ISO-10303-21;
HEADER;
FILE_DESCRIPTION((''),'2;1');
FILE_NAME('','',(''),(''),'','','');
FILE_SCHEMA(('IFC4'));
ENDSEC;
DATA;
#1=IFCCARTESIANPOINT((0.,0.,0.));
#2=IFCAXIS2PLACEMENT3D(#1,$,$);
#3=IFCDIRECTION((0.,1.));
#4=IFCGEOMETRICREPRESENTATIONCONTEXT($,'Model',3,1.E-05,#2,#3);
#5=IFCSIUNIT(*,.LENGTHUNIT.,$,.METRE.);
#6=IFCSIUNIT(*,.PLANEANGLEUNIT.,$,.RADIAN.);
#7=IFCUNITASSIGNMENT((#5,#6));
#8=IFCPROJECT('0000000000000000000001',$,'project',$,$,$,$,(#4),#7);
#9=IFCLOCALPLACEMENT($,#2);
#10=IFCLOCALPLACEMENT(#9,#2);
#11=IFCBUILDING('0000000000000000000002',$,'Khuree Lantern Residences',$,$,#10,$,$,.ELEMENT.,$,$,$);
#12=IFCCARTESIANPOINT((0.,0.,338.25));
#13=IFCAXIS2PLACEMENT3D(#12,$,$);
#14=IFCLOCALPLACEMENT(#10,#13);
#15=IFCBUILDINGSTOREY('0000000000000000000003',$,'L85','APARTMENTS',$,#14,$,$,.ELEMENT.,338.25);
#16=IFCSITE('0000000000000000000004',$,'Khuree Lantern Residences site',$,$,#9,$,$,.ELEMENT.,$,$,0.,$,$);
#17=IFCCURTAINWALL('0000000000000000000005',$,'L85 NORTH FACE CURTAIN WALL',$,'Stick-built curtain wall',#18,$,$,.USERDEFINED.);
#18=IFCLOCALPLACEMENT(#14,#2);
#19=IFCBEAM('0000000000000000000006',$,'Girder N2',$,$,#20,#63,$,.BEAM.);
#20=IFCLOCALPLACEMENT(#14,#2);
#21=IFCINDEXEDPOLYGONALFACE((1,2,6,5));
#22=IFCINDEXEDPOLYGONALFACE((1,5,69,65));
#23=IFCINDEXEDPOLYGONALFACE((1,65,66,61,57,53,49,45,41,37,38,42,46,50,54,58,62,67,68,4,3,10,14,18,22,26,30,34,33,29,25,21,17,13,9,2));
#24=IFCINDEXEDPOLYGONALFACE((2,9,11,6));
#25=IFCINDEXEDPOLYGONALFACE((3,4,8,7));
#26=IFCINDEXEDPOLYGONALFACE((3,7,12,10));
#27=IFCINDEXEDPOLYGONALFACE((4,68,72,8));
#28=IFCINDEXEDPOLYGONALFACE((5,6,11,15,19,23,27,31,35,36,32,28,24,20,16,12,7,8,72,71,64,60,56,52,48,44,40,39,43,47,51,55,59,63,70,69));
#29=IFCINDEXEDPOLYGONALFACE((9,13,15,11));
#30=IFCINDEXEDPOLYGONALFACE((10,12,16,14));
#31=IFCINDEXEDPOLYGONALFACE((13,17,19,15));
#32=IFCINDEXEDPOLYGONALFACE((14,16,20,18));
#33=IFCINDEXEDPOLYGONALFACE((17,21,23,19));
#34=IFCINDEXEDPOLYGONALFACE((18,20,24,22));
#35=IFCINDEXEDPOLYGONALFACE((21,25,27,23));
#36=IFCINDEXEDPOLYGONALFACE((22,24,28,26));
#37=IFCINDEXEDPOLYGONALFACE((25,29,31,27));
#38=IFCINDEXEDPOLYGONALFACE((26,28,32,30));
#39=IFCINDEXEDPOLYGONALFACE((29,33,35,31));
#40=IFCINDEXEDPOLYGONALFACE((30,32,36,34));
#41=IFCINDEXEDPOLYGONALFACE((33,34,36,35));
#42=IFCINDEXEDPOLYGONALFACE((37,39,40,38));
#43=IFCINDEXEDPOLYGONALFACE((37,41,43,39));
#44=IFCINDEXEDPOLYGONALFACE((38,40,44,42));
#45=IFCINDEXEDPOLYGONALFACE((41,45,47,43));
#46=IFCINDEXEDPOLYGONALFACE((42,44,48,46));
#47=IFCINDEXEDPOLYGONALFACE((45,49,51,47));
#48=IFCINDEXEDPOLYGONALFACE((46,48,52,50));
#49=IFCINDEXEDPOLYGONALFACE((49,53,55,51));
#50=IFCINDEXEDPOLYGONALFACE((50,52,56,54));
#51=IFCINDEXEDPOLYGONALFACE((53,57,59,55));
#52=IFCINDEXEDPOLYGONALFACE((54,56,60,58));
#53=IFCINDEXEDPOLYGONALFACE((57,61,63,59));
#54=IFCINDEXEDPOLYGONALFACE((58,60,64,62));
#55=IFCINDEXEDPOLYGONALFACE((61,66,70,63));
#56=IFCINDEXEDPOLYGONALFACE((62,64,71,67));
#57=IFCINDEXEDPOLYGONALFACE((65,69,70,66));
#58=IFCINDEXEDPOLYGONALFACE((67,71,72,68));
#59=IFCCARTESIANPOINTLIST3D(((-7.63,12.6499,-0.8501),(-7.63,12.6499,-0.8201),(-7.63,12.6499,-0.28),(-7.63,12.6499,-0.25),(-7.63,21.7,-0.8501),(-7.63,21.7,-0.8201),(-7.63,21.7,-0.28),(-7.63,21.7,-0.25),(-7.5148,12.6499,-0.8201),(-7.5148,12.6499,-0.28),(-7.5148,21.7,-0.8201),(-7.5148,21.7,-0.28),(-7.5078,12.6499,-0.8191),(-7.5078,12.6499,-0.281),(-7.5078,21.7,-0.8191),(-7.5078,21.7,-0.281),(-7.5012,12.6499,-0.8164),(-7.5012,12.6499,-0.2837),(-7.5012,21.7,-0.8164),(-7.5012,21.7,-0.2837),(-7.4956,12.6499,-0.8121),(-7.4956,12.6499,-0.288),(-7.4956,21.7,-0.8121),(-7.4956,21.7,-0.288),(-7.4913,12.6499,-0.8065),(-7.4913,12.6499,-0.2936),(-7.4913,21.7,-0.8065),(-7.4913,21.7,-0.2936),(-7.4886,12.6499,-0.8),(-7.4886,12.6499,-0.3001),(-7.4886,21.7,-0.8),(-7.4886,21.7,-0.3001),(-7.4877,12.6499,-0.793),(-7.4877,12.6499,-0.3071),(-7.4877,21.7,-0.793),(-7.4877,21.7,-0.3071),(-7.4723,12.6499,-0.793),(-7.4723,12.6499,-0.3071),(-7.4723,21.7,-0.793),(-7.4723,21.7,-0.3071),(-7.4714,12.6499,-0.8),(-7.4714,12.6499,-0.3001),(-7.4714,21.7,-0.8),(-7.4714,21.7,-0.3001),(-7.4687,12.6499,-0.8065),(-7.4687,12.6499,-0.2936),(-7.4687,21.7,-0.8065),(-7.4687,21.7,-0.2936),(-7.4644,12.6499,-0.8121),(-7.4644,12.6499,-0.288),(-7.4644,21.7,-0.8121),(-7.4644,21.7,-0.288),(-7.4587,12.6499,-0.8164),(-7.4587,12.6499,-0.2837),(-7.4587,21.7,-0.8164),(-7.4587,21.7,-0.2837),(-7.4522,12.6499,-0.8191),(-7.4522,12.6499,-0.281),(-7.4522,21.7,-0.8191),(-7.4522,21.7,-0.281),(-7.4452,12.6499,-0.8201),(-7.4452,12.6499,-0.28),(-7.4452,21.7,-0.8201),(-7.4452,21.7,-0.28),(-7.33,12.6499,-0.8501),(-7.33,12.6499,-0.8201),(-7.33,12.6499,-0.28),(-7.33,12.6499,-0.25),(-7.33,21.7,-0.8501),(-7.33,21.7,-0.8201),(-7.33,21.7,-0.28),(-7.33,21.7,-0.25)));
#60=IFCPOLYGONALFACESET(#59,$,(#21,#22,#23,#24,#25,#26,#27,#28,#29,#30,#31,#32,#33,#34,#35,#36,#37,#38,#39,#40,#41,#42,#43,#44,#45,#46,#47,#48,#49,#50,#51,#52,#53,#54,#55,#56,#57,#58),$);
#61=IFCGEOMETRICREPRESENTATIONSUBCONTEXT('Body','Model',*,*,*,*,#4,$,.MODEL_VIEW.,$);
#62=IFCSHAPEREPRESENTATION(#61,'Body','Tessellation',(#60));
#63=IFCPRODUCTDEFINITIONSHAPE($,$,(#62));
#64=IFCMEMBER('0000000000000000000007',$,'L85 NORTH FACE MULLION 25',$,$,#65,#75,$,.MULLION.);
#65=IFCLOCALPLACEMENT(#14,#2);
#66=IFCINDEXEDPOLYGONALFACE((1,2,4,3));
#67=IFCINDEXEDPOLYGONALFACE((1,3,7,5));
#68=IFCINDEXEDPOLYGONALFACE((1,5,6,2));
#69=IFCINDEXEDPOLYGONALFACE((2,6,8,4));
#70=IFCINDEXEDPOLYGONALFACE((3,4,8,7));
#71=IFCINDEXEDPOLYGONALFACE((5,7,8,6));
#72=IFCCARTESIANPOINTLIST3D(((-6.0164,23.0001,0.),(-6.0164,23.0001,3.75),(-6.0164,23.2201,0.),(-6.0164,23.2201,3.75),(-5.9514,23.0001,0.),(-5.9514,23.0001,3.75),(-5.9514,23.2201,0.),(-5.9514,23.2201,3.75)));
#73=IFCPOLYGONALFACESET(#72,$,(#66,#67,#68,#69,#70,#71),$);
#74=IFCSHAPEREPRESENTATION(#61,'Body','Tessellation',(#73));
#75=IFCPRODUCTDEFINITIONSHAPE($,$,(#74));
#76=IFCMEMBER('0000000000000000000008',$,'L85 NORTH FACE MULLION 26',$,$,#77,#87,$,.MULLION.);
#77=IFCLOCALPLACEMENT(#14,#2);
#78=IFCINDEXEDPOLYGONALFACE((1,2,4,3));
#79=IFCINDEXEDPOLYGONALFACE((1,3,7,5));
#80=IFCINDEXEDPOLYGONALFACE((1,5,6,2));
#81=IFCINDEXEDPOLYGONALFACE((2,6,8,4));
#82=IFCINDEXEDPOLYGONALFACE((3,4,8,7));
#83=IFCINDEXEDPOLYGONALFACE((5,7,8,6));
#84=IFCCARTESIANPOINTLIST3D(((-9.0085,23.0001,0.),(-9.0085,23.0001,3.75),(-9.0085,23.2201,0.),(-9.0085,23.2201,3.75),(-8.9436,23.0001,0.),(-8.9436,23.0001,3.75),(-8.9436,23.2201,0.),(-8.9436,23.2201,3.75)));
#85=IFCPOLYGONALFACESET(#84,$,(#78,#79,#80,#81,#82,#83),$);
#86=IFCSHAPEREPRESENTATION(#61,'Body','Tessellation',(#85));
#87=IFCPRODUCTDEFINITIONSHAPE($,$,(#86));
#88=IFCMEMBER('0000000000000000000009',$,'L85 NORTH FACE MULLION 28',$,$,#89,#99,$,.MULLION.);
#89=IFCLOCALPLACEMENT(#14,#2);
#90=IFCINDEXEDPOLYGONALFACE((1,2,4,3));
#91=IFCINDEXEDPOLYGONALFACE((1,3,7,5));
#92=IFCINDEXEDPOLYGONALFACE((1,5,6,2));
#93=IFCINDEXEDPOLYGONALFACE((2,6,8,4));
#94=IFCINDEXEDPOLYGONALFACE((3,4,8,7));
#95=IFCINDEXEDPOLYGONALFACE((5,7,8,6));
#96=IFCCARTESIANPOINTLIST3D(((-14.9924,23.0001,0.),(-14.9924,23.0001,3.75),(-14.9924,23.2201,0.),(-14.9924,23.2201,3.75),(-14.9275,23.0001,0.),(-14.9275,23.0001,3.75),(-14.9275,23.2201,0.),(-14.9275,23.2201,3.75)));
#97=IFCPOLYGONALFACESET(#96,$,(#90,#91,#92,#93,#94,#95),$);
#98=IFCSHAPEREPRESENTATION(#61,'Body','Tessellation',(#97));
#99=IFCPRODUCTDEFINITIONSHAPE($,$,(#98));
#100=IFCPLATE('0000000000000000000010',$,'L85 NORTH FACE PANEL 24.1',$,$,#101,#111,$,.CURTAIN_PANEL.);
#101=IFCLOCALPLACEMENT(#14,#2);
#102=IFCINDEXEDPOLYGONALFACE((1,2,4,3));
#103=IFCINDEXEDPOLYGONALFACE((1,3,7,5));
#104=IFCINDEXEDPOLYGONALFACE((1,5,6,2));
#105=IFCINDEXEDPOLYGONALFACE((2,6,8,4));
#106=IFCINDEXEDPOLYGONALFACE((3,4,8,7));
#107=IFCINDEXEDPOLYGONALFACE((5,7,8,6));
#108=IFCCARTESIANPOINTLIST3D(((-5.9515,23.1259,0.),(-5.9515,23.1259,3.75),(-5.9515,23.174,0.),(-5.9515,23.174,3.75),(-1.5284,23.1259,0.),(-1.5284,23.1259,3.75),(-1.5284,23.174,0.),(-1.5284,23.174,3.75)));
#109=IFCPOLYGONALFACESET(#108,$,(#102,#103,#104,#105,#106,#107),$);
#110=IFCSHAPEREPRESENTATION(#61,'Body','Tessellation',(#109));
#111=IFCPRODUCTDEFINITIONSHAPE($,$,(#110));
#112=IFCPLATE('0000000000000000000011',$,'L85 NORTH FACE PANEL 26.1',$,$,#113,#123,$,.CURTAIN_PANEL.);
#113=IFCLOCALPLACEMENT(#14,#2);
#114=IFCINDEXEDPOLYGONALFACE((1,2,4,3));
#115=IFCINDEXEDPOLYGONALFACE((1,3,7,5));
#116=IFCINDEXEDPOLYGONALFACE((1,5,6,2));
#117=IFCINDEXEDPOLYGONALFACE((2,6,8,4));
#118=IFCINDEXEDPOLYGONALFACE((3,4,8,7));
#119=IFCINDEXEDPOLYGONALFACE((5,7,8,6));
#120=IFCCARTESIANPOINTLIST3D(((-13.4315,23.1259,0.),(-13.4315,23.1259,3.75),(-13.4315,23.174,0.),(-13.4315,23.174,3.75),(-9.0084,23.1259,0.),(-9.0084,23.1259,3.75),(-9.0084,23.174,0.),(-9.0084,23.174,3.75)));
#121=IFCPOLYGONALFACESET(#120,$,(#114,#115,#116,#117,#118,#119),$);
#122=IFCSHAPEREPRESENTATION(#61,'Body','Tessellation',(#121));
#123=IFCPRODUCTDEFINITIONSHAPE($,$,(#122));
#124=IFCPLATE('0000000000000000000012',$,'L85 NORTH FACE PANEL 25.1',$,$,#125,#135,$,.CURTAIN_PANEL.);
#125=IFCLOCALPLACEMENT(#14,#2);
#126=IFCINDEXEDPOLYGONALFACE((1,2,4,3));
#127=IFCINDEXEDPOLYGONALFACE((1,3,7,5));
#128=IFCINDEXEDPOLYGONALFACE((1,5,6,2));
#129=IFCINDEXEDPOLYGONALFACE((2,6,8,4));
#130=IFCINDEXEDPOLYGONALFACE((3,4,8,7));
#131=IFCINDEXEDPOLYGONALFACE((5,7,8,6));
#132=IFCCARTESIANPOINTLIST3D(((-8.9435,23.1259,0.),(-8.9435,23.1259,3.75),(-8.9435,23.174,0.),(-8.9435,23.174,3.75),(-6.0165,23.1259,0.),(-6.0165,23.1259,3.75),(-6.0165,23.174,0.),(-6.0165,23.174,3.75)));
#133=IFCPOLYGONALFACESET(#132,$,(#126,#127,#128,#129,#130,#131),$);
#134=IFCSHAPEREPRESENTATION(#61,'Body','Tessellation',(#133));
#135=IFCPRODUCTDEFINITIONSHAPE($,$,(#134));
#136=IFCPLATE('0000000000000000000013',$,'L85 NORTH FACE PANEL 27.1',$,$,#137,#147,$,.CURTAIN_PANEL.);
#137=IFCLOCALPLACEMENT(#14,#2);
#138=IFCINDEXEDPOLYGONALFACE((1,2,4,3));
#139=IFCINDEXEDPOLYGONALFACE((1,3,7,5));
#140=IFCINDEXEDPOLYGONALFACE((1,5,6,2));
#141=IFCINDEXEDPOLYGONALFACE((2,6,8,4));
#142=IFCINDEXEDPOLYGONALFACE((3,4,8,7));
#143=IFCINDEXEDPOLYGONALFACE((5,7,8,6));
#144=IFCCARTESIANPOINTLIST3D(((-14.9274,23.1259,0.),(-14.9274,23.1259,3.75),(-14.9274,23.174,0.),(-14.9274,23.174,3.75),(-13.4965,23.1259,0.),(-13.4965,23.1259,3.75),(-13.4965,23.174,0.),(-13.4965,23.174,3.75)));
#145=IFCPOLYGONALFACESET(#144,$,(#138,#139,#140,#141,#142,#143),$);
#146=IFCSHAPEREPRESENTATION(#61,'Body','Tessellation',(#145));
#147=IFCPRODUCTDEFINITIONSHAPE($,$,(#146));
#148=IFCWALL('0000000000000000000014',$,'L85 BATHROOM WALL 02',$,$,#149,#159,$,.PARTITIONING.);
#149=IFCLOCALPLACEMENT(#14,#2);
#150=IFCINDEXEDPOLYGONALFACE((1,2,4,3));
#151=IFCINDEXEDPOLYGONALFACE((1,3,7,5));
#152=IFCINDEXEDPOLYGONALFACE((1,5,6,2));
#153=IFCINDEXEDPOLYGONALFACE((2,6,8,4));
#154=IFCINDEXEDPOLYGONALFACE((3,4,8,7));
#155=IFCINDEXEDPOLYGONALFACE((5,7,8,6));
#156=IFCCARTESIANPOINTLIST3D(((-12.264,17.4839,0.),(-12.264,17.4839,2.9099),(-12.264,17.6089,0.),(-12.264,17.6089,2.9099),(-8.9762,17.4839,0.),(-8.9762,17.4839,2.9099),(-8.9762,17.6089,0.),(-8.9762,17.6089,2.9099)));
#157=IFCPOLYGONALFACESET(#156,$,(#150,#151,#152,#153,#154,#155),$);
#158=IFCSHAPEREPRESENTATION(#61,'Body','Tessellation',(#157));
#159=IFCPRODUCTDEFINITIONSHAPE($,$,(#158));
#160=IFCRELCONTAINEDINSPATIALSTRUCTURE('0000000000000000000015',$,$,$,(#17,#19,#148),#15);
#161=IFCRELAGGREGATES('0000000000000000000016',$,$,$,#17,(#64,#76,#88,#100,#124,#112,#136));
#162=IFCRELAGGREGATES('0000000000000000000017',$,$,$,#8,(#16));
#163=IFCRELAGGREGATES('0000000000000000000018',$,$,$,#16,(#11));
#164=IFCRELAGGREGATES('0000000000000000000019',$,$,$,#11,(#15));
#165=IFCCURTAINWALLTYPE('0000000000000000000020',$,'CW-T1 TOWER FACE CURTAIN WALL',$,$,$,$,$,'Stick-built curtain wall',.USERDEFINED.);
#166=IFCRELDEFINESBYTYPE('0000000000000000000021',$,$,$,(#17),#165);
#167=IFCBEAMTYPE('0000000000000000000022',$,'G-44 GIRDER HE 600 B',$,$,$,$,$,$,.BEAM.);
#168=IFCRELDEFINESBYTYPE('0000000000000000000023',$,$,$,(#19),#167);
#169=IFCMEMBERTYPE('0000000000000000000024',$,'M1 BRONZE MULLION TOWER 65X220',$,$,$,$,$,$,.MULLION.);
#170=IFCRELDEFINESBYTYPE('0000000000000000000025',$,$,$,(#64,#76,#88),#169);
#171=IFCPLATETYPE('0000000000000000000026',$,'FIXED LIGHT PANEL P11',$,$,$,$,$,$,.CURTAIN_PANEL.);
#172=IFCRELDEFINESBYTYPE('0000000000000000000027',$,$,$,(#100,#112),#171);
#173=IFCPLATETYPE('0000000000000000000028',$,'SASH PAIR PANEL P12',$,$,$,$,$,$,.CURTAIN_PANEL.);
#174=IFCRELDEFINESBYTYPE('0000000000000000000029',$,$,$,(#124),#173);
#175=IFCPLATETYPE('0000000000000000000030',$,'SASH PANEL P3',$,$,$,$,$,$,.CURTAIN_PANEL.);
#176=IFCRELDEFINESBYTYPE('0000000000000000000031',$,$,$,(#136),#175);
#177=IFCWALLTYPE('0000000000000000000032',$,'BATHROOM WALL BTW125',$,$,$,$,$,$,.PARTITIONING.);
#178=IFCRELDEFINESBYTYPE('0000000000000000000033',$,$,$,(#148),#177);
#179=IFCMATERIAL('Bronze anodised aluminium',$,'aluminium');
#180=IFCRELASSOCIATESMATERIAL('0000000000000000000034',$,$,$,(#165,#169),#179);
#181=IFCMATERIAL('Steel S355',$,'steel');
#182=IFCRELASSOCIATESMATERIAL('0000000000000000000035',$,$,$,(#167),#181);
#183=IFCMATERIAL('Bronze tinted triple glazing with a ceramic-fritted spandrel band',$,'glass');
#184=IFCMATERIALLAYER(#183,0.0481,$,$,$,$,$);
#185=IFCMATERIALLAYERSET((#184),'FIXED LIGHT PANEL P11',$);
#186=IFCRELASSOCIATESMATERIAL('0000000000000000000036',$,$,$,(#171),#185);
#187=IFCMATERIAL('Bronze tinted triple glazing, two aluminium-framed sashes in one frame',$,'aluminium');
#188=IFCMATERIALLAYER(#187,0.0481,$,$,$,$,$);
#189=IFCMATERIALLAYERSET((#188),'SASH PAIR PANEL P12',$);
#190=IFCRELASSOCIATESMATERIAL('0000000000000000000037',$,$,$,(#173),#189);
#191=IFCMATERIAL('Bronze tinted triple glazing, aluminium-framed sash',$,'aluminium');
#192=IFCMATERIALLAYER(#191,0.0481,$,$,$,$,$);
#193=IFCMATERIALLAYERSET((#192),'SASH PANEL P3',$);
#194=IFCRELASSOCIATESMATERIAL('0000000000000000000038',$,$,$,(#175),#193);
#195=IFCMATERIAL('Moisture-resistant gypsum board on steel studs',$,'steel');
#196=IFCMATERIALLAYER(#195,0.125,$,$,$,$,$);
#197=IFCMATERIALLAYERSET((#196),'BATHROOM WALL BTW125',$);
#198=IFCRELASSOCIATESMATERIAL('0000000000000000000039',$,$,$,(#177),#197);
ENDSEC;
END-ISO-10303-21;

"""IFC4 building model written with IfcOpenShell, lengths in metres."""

from ifc_helpers import new_model, si_unit, direction, frame, frame_2d, origin, origin_2d, place, context, subcontext, project, spatial, rectangle, i_section, extrude, material, layer, layer_set, material_profile, profile_set, type_object, element, aggregate, save


model = new_model("IFC4")

# Units and contexts
model_context = context("Model", 3, precision=1e-05, world=origin(), true_north=direction((0.0, 1.0)))
body_context = subcontext(model_context, "Body", "Model", "MODEL_VIEW")
ifc_project = project(units=[si_unit("LENGTHUNIT", "METRE"), si_unit("PLANEANGLEUNIT", "RADIAN")], contexts=[model_context])

# Site, building, storey
site_placement = place(None, origin())
site = spatial("IfcSite", under=ifc_project, at=site_placement, Name="Khuree Lantern Residences site", CompositionType="ELEMENT", RefElevation=0.0)
building_placement = place(site_placement, origin())
building = spatial("IfcBuilding", under=site, at=building_placement, Name="Khuree Lantern Residences", CompositionType="ELEMENT")
storey_placement = place(building_placement, frame((0.0, 0.0, 338.25)))
storey = spatial("IfcBuildingStorey", under=building, at=storey_placement, Name="L85", Description="APARTMENTS", CompositionType="ELEMENT", Elevation=338.25)

# Shared definitions
ifc_material_1 = material(Name="Steel S355", Category="steel")

# Curtain wall
ifc_material_2 = material(Name="Bronze anodised aluminium", Category="aluminium")
curtain_wall_type = type_object("IfcCurtainWallType", Name="CW-T1 TOWER FACE CURTAIN WALL", ElementType="Stick-built curtain wall", PredefinedType="USERDEFINED", material=ifc_material_2)
curtain_wall_placement = place(storey_placement, origin())
curtain_wall = element("IfcCurtainWall", 1, at=curtain_wall_placement, inside=storey, type_object=curtain_wall_type, Name="L85 NORTH FACE CURTAIN WALL", ObjectType="Stick-built curtain wall", PredefinedType="USERDEFINED")

# Beam
ifc_material_profile_1 = material_profile(ifc_material_1, i_section(OverallWidth=0.3, OverallDepth=0.6001, WebThickness=0.0154, FlangeThickness=0.03, FilletRadius=0.0271, at=origin_2d()), Name="HE 600 B")
ifc_profile_set_1 = profile_set([ifc_material_profile_1], Name="Steel S355")
beam_type_1 = type_object("IfcBeamType", Name="G-44 GIRDER HE 600 B", PredefinedType="BEAM", material=ifc_profile_set_1)
beam_1_placement = place(storey_placement, frame((-7.48, 21.7, -0.55), z_axis=(0.0, -1.0, 0.0), x_axis=(1.0, 0.0, 0.0)))
element("IfcBeam", 2, at=beam_1_placement, inside=storey, type_object=beam_type_1, Name="Girder N2", PredefinedType="BEAM", context=body_context, shape_type="SweptSolid", body=[
    extrude(i_section(OverallWidth=0.3, OverallDepth=0.6001, WebThickness=0.0154, FlangeThickness=0.03, FilletRadius=0.0271, at=origin_2d()), origin(), (0.0, 0.0, 1.0), 9.05),
])

# Members
ifc_material_profile_2 = material_profile(ifc_material_2, rectangle(XDim=0.0649, YDim=0.22, at=origin_2d()), Name="M1 65X220")
ifc_profile_set_2 = profile_set([ifc_material_profile_2], Name="Bronze anodised aluminium")
member_type_1 = type_object("IfcMemberType", Name="M1 BRONZE MULLION TOWER 65X220", PredefinedType="MULLION", material=ifc_profile_set_2)
member_1_placement = place(storey_placement, frame((-5.9839, 23.1101, 0.0), z_axis=(0.0, 0.0, 1.0), x_axis=(-1.0, 0.0, 0.0)))
member_1 = element("IfcMember", 3, at=member_1_placement, type_object=member_type_1, Name="L85 NORTH FACE MULLION 25", PredefinedType="MULLION", context=body_context, shape_type="SweptSolid", body=[
    extrude(rectangle(XDim=0.0649, YDim=0.22, at=origin_2d()), origin(), (0.0, 0.0, 1.0), 3.75),
])
member_2_placement = place(storey_placement, frame((-8.9761, 23.1101, 0.0), z_axis=(0.0, 0.0, 1.0), x_axis=(-1.0, 0.0, 0.0)))
member_2 = element("IfcMember", 4, at=member_2_placement, type_object=member_type_1, Name="L85 NORTH FACE MULLION 26", PredefinedType="MULLION", context=body_context, shape_type="SweptSolid", body=[
    extrude(rectangle(XDim=0.0649, YDim=0.22, at=origin_2d()), origin(), (0.0, 0.0, 1.0), 3.75),
])
member_3_placement = place(storey_placement, frame((-14.96, 23.1101, 0.0), z_axis=(0.0, 0.0, 1.0), x_axis=(-1.0, 0.0, 0.0)))
member_3 = element("IfcMember", 5, at=member_3_placement, type_object=member_type_1, Name="L85 NORTH FACE MULLION 28", PredefinedType="MULLION", context=body_context, shape_type="SweptSolid", body=[
    extrude(rectangle(XDim=0.0649, YDim=0.22, at=origin_2d()), origin(), (0.0, 0.0, 1.0), 3.75),
])

# Plates
ifc_material_3 = material(Name="Bronze tinted triple glazing with a ceramic-fritted spandrel band", Category="glass")
ifc_layer_1 = layer(ifc_material_3, 0.0481)
ifc_layer_set_1 = layer_set([ifc_layer_1], Name="FIXED LIGHT PANEL P11")
plate_type_1 = type_object("IfcPlateType", Name="FIXED LIGHT PANEL P11", PredefinedType="CURTAIN_PANEL", material=ifc_layer_set_1)
plate_1_placement = place(storey_placement, frame((-3.74, 23.1499, 0.0), z_axis=(0.0, 0.0, 1.0), x_axis=(-1.0, 0.0, 0.0)))
plate_1 = element("IfcPlate", 6, at=plate_1_placement, type_object=plate_type_1, Name="L85 NORTH FACE PANEL 24.1", PredefinedType="CURTAIN_PANEL", context=body_context, shape_type="SweptSolid", body=[
    extrude(rectangle(XDim=4.4231, YDim=0.0481, at=origin_2d()), origin(), (0.0, 0.0, 1.0), 3.75),
])
plate_2_placement = place(storey_placement, frame((-11.22, 23.1499, 0.0), z_axis=(0.0, 0.0, 1.0), x_axis=(-1.0, 0.0, 0.0)))
plate_2 = element("IfcPlate", 7, at=plate_2_placement, type_object=plate_type_1, Name="L85 NORTH FACE PANEL 26.1", PredefinedType="CURTAIN_PANEL", context=body_context, shape_type="SweptSolid", body=[
    extrude(rectangle(XDim=4.4231, YDim=0.0481, at=origin_2d()), origin(), (0.0, 0.0, 1.0), 3.75),
])
ifc_material_4 = material(Name="Bronze tinted triple glazing, two aluminium-framed sashes in one frame", Category="aluminium")
ifc_layer_2 = layer(ifc_material_4, 0.0481)
ifc_layer_set_2 = layer_set([ifc_layer_2], Name="SASH PAIR PANEL P12")
plate_type_2 = type_object("IfcPlateType", Name="SASH PAIR PANEL P12", PredefinedType="CURTAIN_PANEL", material=ifc_layer_set_2)
plate_3_placement = place(storey_placement, frame((-7.48, 23.1499, 0.0), z_axis=(0.0, 0.0, 1.0), x_axis=(-1.0, 0.0, 0.0)))
plate_3 = element("IfcPlate", 8, at=plate_3_placement, type_object=plate_type_2, Name="L85 NORTH FACE PANEL 25.1", PredefinedType="CURTAIN_PANEL", context=body_context, shape_type="SweptSolid", body=[
    extrude(rectangle(XDim=2.927, YDim=0.0481, at=origin_2d()), origin(), (0.0, 0.0, 1.0), 3.75),
])
ifc_material_5 = material(Name="Bronze tinted triple glazing, aluminium-framed sash", Category="aluminium")
ifc_layer_3 = layer(ifc_material_5, 0.0481)
ifc_layer_set_3 = layer_set([ifc_layer_3], Name="SASH PANEL P3")
plate_type_3 = type_object("IfcPlateType", Name="SASH PANEL P3", PredefinedType="CURTAIN_PANEL", material=ifc_layer_set_3)
plate_4_placement = place(storey_placement, frame((-14.2119, 23.1499, 0.0), z_axis=(0.0, 0.0, 1.0), x_axis=(-1.0, 0.0, 0.0)))
plate_4 = element("IfcPlate", 9, at=plate_4_placement, type_object=plate_type_3, Name="L85 NORTH FACE PANEL 27.1", PredefinedType="CURTAIN_PANEL", context=body_context, shape_type="SweptSolid", body=[
    extrude(rectangle(XDim=1.4309, YDim=0.0481, at=origin_2d()), origin(), (0.0, 0.0, 1.0), 3.75),
])
aggregate(curtain_wall, [member_1, member_2, member_3, plate_1, plate_3, plate_2, plate_4])

# Wall
ifc_material_6 = material(Name="Moisture-resistant gypsum board on steel studs", Category="steel")
ifc_layer_4 = layer(ifc_material_6, 0.125)
ifc_layer_set_4 = layer_set([ifc_layer_4], Name="BATHROOM WALL BTW125")
wall_type_1 = type_object("IfcWallType", Name="BATHROOM WALL BTW125", PredefinedType="PARTITIONING", material=ifc_layer_set_4)
wall_1_placement = place(storey_placement, frame((-8.9761, 17.5464, 0.0), z_axis=(0.0, 0.0, 1.0), x_axis=(-1.0, 0.0, 0.0)))
element("IfcWall", 10, at=wall_1_placement, inside=storey, type_object=wall_type_1, Name="L85 BATHROOM WALL 02", PredefinedType="PARTITIONING", context=body_context, shape_type="SweptSolid", body=[
    extrude(rectangle(XDim=3.2878, YDim=0.125, at=frame_2d((1.644, 0.0))), origin(), (0.0, 0.0, 1.0), 2.9099),
])

save(model, "model.ifc")
